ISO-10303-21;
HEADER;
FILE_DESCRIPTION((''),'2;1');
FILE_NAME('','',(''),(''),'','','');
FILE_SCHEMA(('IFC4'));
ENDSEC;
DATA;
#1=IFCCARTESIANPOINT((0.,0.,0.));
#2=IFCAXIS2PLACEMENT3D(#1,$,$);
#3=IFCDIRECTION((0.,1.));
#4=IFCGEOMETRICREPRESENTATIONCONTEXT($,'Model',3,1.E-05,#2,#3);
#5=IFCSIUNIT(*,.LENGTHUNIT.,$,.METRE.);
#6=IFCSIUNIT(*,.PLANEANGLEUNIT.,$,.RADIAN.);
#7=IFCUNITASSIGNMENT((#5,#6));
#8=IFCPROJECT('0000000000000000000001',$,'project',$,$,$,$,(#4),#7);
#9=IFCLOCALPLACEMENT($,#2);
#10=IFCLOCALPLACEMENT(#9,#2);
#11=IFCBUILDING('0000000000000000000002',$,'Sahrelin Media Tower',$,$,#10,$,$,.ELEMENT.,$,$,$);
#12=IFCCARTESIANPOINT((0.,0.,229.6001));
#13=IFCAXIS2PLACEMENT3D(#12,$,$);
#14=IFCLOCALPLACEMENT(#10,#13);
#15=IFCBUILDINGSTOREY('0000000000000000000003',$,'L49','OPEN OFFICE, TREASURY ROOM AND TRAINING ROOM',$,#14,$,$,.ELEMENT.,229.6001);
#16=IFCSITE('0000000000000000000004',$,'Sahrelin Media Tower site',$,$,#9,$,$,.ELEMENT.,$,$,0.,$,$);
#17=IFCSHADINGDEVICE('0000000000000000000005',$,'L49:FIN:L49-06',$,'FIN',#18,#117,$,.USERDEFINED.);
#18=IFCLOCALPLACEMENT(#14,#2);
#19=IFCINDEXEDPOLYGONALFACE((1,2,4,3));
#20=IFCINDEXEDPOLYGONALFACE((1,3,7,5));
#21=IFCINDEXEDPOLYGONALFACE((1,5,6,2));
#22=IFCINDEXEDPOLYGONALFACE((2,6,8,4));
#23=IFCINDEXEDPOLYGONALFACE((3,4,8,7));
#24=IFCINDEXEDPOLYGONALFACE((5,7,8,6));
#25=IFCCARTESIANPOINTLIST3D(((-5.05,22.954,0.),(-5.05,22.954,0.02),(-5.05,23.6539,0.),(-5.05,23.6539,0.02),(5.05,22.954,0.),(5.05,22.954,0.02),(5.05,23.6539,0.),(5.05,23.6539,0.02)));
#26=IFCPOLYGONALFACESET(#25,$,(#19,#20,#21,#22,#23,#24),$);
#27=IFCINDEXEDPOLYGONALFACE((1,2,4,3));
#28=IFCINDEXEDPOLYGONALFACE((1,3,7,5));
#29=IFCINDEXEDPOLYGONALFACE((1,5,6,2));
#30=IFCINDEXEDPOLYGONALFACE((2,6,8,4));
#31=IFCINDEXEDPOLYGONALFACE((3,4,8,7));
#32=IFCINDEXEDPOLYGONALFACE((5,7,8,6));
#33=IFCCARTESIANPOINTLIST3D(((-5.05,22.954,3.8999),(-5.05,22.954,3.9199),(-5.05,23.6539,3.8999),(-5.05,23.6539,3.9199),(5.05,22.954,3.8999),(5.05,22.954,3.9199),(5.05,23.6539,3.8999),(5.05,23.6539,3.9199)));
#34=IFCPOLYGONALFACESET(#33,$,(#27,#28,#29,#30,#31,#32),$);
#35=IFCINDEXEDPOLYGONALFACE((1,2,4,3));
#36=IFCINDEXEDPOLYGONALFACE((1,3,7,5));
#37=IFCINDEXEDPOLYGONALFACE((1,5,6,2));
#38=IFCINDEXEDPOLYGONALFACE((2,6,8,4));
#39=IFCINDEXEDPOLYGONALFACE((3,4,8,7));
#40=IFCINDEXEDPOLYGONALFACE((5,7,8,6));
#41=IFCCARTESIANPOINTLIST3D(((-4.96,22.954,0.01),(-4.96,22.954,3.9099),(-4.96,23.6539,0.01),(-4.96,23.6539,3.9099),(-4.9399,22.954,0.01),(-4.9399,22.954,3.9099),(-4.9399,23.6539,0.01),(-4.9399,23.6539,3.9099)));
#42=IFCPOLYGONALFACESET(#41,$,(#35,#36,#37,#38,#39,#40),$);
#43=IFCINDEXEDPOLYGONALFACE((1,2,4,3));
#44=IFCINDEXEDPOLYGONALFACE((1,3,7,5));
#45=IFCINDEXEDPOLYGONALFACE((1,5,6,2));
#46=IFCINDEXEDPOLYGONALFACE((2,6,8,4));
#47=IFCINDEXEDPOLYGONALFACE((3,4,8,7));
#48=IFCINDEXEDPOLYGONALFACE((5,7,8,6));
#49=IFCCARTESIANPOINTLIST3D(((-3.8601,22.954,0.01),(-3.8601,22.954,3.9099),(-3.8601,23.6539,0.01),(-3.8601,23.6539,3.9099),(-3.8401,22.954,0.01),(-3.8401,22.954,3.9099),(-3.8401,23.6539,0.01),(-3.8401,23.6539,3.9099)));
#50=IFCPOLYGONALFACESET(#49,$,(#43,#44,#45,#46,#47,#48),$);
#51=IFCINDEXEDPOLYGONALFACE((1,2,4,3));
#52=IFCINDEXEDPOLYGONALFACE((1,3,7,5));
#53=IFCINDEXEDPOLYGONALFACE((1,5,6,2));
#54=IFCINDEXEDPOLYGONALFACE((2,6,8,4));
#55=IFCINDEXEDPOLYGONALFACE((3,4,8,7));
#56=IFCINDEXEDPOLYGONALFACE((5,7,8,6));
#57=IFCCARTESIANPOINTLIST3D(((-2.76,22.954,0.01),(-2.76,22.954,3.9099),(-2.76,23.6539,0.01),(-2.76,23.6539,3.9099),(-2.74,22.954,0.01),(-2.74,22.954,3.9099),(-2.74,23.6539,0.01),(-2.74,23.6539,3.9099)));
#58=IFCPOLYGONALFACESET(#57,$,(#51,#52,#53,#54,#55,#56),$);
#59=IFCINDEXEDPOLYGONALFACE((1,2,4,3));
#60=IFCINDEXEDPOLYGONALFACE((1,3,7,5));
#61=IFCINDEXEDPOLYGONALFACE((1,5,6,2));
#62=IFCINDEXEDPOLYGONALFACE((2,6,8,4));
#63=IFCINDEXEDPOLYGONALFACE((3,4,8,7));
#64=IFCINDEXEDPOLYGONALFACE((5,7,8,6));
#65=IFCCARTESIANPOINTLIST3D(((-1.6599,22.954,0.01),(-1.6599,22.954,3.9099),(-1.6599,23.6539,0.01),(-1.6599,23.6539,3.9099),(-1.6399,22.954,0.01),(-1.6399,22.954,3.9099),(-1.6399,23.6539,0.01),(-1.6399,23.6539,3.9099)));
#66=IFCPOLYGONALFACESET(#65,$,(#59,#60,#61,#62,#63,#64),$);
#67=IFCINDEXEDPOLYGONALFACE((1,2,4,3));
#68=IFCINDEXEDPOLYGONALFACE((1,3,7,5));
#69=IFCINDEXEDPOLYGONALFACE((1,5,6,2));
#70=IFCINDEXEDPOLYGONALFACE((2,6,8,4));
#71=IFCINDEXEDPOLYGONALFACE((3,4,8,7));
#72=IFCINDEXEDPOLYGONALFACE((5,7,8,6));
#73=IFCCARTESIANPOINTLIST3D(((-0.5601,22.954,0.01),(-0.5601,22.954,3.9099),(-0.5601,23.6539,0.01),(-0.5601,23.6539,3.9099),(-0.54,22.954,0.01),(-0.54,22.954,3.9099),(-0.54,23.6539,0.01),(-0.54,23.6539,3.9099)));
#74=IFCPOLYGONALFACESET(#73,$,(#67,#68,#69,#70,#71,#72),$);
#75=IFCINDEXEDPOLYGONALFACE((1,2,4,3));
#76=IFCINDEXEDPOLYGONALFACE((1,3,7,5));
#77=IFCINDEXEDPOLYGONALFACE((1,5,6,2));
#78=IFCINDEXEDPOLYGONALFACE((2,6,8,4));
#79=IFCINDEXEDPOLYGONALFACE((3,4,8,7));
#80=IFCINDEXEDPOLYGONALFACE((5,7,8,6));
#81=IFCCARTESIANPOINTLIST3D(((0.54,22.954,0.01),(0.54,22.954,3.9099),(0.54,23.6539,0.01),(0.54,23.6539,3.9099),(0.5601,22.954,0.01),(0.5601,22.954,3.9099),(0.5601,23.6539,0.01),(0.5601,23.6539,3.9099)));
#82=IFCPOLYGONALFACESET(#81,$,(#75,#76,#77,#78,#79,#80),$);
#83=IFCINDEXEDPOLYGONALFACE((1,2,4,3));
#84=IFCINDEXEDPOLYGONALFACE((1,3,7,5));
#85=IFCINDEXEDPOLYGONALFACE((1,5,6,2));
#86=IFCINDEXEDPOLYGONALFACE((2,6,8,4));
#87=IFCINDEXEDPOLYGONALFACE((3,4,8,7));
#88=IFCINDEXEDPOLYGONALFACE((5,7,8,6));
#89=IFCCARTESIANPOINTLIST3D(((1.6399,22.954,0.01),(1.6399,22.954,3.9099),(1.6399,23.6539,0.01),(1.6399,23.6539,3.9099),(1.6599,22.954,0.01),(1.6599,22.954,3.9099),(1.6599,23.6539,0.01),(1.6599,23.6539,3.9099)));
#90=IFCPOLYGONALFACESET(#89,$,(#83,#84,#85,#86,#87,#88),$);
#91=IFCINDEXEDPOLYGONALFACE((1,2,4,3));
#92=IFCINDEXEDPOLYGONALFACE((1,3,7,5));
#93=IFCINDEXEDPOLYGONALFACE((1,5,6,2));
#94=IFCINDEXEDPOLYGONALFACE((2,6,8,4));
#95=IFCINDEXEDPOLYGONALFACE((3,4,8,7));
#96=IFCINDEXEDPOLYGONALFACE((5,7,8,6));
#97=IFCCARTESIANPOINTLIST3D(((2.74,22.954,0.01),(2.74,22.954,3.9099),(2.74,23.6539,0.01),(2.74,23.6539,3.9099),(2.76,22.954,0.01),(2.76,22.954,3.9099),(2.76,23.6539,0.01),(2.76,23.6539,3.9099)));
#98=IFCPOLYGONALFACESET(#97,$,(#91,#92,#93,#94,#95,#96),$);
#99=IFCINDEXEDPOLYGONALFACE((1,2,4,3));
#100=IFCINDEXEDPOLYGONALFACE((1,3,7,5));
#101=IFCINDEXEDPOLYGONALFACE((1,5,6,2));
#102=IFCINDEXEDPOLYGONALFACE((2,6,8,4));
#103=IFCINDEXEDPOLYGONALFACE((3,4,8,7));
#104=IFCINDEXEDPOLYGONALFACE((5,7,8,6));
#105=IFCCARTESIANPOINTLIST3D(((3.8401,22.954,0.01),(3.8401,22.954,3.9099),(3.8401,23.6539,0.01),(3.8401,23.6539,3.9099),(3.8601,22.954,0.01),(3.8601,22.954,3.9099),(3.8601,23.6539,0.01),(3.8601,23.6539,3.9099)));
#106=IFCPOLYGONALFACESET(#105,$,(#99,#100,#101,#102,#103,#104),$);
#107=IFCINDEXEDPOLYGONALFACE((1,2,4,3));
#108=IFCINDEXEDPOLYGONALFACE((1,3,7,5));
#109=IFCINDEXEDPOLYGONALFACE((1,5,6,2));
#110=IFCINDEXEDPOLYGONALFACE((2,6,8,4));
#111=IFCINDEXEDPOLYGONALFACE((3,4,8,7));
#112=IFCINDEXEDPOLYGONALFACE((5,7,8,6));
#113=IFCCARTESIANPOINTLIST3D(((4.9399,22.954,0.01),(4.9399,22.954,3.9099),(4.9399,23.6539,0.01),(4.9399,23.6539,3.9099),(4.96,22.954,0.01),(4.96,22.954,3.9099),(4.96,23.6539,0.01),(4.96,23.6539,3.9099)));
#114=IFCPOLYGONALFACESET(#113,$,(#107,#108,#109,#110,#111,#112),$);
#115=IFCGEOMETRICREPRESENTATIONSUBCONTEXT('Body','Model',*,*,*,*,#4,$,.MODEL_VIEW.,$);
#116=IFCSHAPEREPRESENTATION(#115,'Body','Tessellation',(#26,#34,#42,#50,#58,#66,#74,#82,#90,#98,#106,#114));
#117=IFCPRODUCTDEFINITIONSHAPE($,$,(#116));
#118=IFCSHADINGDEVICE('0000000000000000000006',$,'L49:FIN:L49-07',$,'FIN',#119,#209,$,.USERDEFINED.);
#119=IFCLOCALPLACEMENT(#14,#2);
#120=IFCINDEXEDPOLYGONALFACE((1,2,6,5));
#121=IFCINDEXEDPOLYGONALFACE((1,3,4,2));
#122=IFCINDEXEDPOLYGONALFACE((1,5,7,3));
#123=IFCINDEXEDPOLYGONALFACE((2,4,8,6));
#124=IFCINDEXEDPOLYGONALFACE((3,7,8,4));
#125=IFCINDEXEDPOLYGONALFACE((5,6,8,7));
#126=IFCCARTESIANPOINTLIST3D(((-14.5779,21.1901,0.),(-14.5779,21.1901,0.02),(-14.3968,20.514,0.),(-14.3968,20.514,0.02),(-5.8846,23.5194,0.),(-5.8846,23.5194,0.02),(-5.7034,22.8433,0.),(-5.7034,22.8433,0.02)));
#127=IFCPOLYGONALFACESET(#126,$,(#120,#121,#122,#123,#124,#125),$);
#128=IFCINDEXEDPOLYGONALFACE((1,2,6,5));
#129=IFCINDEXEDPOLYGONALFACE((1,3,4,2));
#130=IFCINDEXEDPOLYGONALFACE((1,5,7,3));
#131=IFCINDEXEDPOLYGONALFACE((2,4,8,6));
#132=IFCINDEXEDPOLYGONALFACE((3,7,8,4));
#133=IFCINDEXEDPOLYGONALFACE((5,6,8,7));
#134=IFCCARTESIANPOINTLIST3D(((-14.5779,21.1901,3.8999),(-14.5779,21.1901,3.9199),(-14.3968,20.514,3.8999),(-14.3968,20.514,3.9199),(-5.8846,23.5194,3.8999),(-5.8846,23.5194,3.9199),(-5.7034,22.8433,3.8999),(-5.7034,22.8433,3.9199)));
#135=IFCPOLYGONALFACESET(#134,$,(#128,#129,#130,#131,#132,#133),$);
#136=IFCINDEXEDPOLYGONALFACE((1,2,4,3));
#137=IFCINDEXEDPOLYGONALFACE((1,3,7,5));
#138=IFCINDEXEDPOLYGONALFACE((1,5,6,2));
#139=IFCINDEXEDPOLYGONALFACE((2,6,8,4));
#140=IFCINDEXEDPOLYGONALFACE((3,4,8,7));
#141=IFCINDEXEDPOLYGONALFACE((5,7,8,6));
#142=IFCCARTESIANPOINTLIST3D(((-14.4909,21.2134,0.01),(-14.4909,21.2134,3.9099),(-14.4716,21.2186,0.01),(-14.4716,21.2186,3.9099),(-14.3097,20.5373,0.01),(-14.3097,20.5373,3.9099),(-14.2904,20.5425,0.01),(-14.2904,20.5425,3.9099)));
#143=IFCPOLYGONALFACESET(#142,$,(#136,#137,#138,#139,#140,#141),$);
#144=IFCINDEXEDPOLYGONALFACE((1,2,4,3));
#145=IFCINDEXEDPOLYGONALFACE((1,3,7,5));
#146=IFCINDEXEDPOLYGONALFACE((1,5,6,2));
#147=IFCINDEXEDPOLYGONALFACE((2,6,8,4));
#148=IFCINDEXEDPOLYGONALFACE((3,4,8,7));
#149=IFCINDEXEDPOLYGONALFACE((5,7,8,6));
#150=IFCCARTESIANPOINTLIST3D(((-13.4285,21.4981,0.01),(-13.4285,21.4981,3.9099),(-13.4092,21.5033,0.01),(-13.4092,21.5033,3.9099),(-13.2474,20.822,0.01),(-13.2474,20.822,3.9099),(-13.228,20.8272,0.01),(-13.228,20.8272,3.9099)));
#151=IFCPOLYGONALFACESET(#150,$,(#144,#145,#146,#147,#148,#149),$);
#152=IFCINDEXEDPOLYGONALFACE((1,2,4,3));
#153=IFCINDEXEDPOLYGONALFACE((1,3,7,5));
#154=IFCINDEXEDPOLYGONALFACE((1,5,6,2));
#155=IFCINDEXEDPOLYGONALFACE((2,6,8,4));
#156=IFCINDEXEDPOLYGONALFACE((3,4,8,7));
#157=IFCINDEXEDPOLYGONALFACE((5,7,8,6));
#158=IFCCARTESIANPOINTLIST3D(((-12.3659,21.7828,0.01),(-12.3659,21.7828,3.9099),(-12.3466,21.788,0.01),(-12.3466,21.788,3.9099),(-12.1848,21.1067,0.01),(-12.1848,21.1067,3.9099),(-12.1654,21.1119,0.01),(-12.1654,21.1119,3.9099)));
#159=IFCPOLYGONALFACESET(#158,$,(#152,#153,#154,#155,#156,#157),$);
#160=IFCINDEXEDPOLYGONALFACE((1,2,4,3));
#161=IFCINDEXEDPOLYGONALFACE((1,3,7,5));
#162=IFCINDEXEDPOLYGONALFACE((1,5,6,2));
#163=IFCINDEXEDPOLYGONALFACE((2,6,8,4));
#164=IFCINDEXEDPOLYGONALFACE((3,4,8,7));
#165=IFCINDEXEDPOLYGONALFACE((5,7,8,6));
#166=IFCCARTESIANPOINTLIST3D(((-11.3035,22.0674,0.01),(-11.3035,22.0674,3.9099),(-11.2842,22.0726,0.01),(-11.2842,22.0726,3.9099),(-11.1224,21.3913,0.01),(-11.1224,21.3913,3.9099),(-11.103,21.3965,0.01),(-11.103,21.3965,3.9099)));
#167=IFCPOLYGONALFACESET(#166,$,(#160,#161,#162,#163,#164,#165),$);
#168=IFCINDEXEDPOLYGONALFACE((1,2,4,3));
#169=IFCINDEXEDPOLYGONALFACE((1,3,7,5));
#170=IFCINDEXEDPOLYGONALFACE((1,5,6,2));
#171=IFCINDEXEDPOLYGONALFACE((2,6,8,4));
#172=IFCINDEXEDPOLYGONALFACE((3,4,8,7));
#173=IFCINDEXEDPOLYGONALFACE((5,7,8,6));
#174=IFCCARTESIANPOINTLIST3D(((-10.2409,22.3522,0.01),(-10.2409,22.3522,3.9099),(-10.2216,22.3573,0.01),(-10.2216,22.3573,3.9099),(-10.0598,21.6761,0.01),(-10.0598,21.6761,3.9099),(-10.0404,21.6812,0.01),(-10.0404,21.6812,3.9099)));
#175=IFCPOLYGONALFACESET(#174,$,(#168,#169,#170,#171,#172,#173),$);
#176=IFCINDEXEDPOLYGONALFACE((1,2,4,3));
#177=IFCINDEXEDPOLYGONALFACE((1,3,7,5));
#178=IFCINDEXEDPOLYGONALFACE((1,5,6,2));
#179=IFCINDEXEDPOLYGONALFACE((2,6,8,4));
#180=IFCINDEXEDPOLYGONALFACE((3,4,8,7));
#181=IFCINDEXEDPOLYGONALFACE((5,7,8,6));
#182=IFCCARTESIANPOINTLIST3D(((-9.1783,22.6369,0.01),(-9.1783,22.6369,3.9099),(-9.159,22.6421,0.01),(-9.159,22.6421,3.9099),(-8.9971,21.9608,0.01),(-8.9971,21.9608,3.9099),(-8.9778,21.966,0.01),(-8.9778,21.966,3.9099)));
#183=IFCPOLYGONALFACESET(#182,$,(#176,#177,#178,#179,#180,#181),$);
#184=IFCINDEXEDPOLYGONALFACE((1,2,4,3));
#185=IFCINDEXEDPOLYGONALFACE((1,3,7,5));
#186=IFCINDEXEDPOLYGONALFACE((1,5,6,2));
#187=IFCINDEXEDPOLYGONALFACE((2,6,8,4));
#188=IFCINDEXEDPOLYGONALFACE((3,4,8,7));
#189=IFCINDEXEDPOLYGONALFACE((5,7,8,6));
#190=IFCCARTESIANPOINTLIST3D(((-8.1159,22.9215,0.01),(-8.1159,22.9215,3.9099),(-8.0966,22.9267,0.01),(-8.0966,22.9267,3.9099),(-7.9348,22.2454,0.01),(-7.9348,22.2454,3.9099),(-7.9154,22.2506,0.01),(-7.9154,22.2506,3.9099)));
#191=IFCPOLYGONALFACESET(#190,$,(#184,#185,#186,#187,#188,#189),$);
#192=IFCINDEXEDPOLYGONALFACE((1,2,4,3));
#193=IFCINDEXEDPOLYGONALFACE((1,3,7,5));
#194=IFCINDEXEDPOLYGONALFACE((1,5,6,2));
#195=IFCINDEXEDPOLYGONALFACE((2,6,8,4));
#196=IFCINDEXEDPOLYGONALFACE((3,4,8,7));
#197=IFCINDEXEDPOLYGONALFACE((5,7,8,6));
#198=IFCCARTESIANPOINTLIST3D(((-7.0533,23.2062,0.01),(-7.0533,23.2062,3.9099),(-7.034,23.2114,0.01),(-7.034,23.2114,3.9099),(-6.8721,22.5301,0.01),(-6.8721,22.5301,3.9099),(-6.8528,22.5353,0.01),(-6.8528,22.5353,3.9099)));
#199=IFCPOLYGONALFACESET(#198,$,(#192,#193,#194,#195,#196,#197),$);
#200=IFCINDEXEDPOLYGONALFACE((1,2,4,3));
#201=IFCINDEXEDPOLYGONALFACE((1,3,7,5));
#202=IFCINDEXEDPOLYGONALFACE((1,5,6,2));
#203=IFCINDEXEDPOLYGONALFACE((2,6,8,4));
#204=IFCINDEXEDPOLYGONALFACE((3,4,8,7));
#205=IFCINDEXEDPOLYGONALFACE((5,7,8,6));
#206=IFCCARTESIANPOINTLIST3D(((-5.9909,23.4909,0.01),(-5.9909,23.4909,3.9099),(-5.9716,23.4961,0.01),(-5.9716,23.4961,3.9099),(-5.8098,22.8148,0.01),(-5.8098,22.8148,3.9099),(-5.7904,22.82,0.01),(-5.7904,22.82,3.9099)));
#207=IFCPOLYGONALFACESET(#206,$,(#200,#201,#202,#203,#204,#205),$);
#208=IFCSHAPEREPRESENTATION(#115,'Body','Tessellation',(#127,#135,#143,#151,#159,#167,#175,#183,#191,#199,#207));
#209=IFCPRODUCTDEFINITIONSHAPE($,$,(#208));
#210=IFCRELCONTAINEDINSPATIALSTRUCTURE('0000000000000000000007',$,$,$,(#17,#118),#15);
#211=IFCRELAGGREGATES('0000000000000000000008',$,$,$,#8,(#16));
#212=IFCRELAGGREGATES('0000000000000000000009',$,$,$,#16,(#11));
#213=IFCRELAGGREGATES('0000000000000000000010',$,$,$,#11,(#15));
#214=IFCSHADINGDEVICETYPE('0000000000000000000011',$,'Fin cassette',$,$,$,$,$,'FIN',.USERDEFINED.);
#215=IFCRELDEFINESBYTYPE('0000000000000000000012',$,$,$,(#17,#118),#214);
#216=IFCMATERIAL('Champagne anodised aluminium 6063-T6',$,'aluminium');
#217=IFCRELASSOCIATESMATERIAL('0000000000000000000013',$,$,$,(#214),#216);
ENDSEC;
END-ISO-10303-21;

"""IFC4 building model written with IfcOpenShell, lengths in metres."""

from ifc_helpers import new_model, si_unit, direction, frame, origin, origin_2d, place, context, subcontext, project, spatial, rectangle, extrude, material, type_object, element, save


model = new_model("IFC4")

# Units and contexts
model_context = context("Model", 3, precision=1e-05, world=origin(), true_north=direction((0.0, 1.0)))
body_context = subcontext(model_context, "Body", "Model", "MODEL_VIEW")
ifc_project = project(units=[si_unit("LENGTHUNIT", "METRE"), si_unit("PLANEANGLEUNIT", "RADIAN")], contexts=[model_context])

# Site, building, storey
site_placement = place(None, origin())
site = spatial("IfcSite", under=ifc_project, at=site_placement, Name="Sahrelin Media Tower site", CompositionType="ELEMENT", RefElevation=0.0)
building_placement = place(site_placement, origin())
building = spatial("IfcBuilding", under=site, at=building_placement, Name="Sahrelin Media Tower", CompositionType="ELEMENT")
storey_placement = place(building_placement, frame((0.0, 0.0, 229.6001)))
storey = spatial("IfcBuildingStorey", under=building, at=storey_placement, Name="L49", Description="OPEN OFFICE, TREASURY ROOM AND TRAINING ROOM", CompositionType="ELEMENT", Elevation=229.6001)

# Shared definitions
ifc_material_1 = material(Name="Champagne anodised aluminium 6063-T6", Category="aluminium")
placement_1 = place(storey_placement, frame((0.0, 22.884, 0.0), z_axis=(0.0, 0.0, 1.0), x_axis=(1.0, 0.0, 0.0)))

# Shading devices
shading_device_type_1 = type_object("IfcShadingDeviceType", Name="Fin cassette", ElementType="FIN", PredefinedType="USERDEFINED", material=ifc_material_1)
element("IfcShadingDevice", 1, at=placement_1, inside=storey, type_object=shading_device_type_1, Name="L49:FIN:L49-06", ObjectType="FIN", PredefinedType="USERDEFINED", context=body_context, shape_type="SweptSolid", body=[
    extrude(rectangle(XDim=10.1001, YDim=0.7, at=origin_2d()), frame((0.0, 0.4199, 0.0)), (0.0, 0.0, 1.0), 0.02),
    extrude(rectangle(XDim=10.1001, YDim=0.7, at=origin_2d()), frame((0.0, 0.4199, 3.8999)), (0.0, 0.0, 1.0), 0.02),
    extrude(rectangle(XDim=0.02, YDim=0.7, at=origin_2d()), frame((-4.95, 0.4199, 0.01), z_axis=(0.0, 0.0, 1.0), x_axis=(1.0, 0.0, 0.0)), (0.0, 0.0, 1.0), 3.8999),
    extrude(rectangle(XDim=0.02, YDim=0.7, at=origin_2d()), frame((-3.8501, 0.4199, 0.01), z_axis=(0.0, 0.0, 1.0), x_axis=(1.0, 0.0, 0.0)), (0.0, 0.0, 1.0), 3.8999),
    extrude(rectangle(XDim=0.02, YDim=0.7, at=origin_2d()), frame((-2.75, 0.4199, 0.01), z_axis=(0.0, 0.0, 1.0), x_axis=(1.0, 0.0, 0.0)), (0.0, 0.0, 1.0), 3.8999),
    extrude(rectangle(XDim=0.02, YDim=0.7, at=origin_2d()), frame((-1.6499, 0.4199, 0.01), z_axis=(0.0, 0.0, 1.0), x_axis=(1.0, 0.0, 0.0)), (0.0, 0.0, 1.0), 3.8999),
    extrude(rectangle(XDim=0.02, YDim=0.7, at=origin_2d()), frame((-0.55, 0.4199, 0.01), z_axis=(0.0, 0.0, 1.0), x_axis=(1.0, 0.0, 0.0)), (0.0, 0.0, 1.0), 3.8999),
    extrude(rectangle(XDim=0.02, YDim=0.7, at=origin_2d()), frame((0.55, 0.4199, 0.01), z_axis=(0.0, 0.0, 1.0), x_axis=(1.0, 0.0, 0.0)), (0.0, 0.0, 1.0), 3.8999),
    extrude(rectangle(XDim=0.02, YDim=0.7, at=origin_2d()), frame((1.6499, 0.4199, 0.01), z_axis=(0.0, 0.0, 1.0), x_axis=(1.0, 0.0, 0.0)), (0.0, 0.0, 1.0), 3.8999),
    extrude(rectangle(XDim=0.02, YDim=0.7, at=origin_2d()), frame((2.75, 0.4199, 0.01), z_axis=(0.0, 0.0, 1.0), x_axis=(1.0, 0.0, 0.0)), (0.0, 0.0, 1.0), 3.8999),
    extrude(rectangle(XDim=0.02, YDim=0.7, at=origin_2d()), frame((3.8501, 0.4199, 0.01), z_axis=(0.0, 0.0, 1.0), x_axis=(1.0, 0.0, 0.0)), (0.0, 0.0, 1.0), 3.8999),
    extrude(rectangle(XDim=0.02, YDim=0.7, at=origin_2d()), frame((4.95, 0.4199, 0.01), z_axis=(0.0, 0.0, 1.0), x_axis=(1.0, 0.0, 0.0)), (0.0, 0.0, 1.0), 3.8999),
])
placement_2 = place(storey_placement, frame((-10.032, 21.6111, 0.0), z_axis=(0.0, 0.0, 1.0), x_axis=(0.965929, 0.258808, 0.0)))
element("IfcShadingDevice", 2, at=placement_2, inside=storey, type_object=shading_device_type_1, Name="L49:FIN:L49-07", ObjectType="FIN", PredefinedType="USERDEFINED", context=body_context, shape_type="SweptSolid", body=[
    extrude(rectangle(XDim=9.0, YDim=0.7, at=origin_2d()), frame((0.0, 0.4199, 0.0)), (0.0, 0.0, 1.0), 0.02),
    extrude(rectangle(XDim=9.0, YDim=0.7, at=origin_2d()), frame((0.0, 0.4199, 3.8999)), (0.0, 0.0, 1.0), 0.02),
    extrude(rectangle(XDim=0.02, YDim=0.7, at=origin_2d()), frame((-4.3999, 0.4199, 0.01), z_axis=(0.0, 0.0, 1.0), x_axis=(1.0, 0.0, 0.0)), (0.0, 0.0, 1.0), 3.8999),
    extrude(rectangle(XDim=0.02, YDim=0.7, at=origin_2d()), frame((-3.3, 0.4199, 0.01), z_axis=(0.0, 0.0, 1.0), x_axis=(1.0, 0.0, 0.0)), (0.0, 0.0, 1.0), 3.8999),
    extrude(rectangle(XDim=0.02, YDim=0.7, at=origin_2d()), frame((-2.2, 0.4199, 0.01), z_axis=(0.0, 0.0, 1.0), x_axis=(1.0, 0.0, 0.0)), (0.0, 0.0, 1.0), 3.8999),
    extrude(rectangle(XDim=0.02, YDim=0.7, at=origin_2d()), frame((-1.1001, 0.4199, 0.01), z_axis=(0.0, 0.0, 1.0), x_axis=(1.0, 0.0, 0.0)), (0.0, 0.0, 1.0), 3.8999),
    extrude(rectangle(XDim=0.02, YDim=0.7, at=origin_2d()), frame((0.0, 0.4199, 0.01), z_axis=(0.0, 0.0, 1.0), x_axis=(1.0, 0.0, 0.0)), (0.0, 0.0, 1.0), 3.8999),
    extrude(rectangle(XDim=0.02, YDim=0.7, at=origin_2d()), frame((1.1001, 0.4199, 0.01), z_axis=(0.0, 0.0, 1.0), x_axis=(1.0, 0.0, 0.0)), (0.0, 0.0, 1.0), 3.8999),
    extrude(rectangle(XDim=0.02, YDim=0.7, at=origin_2d()), frame((2.2, 0.4199, 0.01), z_axis=(0.0, 0.0, 1.0), x_axis=(1.0, 0.0, 0.0)), (0.0, 0.0, 1.0), 3.8999),
    extrude(rectangle(XDim=0.02, YDim=0.7, at=origin_2d()), frame((3.3, 0.4199, 0.01), z_axis=(0.0, 0.0, 1.0), x_axis=(1.0, 0.0, 0.0)), (0.0, 0.0, 1.0), 3.8999),
    extrude(rectangle(XDim=0.02, YDim=0.7, at=origin_2d()), frame((4.3999, 0.4199, 0.01), z_axis=(0.0, 0.0, 1.0), x_axis=(1.0, 0.0, 0.0)), (0.0, 0.0, 1.0), 3.8999),
])

save(model, "model.ifc")
